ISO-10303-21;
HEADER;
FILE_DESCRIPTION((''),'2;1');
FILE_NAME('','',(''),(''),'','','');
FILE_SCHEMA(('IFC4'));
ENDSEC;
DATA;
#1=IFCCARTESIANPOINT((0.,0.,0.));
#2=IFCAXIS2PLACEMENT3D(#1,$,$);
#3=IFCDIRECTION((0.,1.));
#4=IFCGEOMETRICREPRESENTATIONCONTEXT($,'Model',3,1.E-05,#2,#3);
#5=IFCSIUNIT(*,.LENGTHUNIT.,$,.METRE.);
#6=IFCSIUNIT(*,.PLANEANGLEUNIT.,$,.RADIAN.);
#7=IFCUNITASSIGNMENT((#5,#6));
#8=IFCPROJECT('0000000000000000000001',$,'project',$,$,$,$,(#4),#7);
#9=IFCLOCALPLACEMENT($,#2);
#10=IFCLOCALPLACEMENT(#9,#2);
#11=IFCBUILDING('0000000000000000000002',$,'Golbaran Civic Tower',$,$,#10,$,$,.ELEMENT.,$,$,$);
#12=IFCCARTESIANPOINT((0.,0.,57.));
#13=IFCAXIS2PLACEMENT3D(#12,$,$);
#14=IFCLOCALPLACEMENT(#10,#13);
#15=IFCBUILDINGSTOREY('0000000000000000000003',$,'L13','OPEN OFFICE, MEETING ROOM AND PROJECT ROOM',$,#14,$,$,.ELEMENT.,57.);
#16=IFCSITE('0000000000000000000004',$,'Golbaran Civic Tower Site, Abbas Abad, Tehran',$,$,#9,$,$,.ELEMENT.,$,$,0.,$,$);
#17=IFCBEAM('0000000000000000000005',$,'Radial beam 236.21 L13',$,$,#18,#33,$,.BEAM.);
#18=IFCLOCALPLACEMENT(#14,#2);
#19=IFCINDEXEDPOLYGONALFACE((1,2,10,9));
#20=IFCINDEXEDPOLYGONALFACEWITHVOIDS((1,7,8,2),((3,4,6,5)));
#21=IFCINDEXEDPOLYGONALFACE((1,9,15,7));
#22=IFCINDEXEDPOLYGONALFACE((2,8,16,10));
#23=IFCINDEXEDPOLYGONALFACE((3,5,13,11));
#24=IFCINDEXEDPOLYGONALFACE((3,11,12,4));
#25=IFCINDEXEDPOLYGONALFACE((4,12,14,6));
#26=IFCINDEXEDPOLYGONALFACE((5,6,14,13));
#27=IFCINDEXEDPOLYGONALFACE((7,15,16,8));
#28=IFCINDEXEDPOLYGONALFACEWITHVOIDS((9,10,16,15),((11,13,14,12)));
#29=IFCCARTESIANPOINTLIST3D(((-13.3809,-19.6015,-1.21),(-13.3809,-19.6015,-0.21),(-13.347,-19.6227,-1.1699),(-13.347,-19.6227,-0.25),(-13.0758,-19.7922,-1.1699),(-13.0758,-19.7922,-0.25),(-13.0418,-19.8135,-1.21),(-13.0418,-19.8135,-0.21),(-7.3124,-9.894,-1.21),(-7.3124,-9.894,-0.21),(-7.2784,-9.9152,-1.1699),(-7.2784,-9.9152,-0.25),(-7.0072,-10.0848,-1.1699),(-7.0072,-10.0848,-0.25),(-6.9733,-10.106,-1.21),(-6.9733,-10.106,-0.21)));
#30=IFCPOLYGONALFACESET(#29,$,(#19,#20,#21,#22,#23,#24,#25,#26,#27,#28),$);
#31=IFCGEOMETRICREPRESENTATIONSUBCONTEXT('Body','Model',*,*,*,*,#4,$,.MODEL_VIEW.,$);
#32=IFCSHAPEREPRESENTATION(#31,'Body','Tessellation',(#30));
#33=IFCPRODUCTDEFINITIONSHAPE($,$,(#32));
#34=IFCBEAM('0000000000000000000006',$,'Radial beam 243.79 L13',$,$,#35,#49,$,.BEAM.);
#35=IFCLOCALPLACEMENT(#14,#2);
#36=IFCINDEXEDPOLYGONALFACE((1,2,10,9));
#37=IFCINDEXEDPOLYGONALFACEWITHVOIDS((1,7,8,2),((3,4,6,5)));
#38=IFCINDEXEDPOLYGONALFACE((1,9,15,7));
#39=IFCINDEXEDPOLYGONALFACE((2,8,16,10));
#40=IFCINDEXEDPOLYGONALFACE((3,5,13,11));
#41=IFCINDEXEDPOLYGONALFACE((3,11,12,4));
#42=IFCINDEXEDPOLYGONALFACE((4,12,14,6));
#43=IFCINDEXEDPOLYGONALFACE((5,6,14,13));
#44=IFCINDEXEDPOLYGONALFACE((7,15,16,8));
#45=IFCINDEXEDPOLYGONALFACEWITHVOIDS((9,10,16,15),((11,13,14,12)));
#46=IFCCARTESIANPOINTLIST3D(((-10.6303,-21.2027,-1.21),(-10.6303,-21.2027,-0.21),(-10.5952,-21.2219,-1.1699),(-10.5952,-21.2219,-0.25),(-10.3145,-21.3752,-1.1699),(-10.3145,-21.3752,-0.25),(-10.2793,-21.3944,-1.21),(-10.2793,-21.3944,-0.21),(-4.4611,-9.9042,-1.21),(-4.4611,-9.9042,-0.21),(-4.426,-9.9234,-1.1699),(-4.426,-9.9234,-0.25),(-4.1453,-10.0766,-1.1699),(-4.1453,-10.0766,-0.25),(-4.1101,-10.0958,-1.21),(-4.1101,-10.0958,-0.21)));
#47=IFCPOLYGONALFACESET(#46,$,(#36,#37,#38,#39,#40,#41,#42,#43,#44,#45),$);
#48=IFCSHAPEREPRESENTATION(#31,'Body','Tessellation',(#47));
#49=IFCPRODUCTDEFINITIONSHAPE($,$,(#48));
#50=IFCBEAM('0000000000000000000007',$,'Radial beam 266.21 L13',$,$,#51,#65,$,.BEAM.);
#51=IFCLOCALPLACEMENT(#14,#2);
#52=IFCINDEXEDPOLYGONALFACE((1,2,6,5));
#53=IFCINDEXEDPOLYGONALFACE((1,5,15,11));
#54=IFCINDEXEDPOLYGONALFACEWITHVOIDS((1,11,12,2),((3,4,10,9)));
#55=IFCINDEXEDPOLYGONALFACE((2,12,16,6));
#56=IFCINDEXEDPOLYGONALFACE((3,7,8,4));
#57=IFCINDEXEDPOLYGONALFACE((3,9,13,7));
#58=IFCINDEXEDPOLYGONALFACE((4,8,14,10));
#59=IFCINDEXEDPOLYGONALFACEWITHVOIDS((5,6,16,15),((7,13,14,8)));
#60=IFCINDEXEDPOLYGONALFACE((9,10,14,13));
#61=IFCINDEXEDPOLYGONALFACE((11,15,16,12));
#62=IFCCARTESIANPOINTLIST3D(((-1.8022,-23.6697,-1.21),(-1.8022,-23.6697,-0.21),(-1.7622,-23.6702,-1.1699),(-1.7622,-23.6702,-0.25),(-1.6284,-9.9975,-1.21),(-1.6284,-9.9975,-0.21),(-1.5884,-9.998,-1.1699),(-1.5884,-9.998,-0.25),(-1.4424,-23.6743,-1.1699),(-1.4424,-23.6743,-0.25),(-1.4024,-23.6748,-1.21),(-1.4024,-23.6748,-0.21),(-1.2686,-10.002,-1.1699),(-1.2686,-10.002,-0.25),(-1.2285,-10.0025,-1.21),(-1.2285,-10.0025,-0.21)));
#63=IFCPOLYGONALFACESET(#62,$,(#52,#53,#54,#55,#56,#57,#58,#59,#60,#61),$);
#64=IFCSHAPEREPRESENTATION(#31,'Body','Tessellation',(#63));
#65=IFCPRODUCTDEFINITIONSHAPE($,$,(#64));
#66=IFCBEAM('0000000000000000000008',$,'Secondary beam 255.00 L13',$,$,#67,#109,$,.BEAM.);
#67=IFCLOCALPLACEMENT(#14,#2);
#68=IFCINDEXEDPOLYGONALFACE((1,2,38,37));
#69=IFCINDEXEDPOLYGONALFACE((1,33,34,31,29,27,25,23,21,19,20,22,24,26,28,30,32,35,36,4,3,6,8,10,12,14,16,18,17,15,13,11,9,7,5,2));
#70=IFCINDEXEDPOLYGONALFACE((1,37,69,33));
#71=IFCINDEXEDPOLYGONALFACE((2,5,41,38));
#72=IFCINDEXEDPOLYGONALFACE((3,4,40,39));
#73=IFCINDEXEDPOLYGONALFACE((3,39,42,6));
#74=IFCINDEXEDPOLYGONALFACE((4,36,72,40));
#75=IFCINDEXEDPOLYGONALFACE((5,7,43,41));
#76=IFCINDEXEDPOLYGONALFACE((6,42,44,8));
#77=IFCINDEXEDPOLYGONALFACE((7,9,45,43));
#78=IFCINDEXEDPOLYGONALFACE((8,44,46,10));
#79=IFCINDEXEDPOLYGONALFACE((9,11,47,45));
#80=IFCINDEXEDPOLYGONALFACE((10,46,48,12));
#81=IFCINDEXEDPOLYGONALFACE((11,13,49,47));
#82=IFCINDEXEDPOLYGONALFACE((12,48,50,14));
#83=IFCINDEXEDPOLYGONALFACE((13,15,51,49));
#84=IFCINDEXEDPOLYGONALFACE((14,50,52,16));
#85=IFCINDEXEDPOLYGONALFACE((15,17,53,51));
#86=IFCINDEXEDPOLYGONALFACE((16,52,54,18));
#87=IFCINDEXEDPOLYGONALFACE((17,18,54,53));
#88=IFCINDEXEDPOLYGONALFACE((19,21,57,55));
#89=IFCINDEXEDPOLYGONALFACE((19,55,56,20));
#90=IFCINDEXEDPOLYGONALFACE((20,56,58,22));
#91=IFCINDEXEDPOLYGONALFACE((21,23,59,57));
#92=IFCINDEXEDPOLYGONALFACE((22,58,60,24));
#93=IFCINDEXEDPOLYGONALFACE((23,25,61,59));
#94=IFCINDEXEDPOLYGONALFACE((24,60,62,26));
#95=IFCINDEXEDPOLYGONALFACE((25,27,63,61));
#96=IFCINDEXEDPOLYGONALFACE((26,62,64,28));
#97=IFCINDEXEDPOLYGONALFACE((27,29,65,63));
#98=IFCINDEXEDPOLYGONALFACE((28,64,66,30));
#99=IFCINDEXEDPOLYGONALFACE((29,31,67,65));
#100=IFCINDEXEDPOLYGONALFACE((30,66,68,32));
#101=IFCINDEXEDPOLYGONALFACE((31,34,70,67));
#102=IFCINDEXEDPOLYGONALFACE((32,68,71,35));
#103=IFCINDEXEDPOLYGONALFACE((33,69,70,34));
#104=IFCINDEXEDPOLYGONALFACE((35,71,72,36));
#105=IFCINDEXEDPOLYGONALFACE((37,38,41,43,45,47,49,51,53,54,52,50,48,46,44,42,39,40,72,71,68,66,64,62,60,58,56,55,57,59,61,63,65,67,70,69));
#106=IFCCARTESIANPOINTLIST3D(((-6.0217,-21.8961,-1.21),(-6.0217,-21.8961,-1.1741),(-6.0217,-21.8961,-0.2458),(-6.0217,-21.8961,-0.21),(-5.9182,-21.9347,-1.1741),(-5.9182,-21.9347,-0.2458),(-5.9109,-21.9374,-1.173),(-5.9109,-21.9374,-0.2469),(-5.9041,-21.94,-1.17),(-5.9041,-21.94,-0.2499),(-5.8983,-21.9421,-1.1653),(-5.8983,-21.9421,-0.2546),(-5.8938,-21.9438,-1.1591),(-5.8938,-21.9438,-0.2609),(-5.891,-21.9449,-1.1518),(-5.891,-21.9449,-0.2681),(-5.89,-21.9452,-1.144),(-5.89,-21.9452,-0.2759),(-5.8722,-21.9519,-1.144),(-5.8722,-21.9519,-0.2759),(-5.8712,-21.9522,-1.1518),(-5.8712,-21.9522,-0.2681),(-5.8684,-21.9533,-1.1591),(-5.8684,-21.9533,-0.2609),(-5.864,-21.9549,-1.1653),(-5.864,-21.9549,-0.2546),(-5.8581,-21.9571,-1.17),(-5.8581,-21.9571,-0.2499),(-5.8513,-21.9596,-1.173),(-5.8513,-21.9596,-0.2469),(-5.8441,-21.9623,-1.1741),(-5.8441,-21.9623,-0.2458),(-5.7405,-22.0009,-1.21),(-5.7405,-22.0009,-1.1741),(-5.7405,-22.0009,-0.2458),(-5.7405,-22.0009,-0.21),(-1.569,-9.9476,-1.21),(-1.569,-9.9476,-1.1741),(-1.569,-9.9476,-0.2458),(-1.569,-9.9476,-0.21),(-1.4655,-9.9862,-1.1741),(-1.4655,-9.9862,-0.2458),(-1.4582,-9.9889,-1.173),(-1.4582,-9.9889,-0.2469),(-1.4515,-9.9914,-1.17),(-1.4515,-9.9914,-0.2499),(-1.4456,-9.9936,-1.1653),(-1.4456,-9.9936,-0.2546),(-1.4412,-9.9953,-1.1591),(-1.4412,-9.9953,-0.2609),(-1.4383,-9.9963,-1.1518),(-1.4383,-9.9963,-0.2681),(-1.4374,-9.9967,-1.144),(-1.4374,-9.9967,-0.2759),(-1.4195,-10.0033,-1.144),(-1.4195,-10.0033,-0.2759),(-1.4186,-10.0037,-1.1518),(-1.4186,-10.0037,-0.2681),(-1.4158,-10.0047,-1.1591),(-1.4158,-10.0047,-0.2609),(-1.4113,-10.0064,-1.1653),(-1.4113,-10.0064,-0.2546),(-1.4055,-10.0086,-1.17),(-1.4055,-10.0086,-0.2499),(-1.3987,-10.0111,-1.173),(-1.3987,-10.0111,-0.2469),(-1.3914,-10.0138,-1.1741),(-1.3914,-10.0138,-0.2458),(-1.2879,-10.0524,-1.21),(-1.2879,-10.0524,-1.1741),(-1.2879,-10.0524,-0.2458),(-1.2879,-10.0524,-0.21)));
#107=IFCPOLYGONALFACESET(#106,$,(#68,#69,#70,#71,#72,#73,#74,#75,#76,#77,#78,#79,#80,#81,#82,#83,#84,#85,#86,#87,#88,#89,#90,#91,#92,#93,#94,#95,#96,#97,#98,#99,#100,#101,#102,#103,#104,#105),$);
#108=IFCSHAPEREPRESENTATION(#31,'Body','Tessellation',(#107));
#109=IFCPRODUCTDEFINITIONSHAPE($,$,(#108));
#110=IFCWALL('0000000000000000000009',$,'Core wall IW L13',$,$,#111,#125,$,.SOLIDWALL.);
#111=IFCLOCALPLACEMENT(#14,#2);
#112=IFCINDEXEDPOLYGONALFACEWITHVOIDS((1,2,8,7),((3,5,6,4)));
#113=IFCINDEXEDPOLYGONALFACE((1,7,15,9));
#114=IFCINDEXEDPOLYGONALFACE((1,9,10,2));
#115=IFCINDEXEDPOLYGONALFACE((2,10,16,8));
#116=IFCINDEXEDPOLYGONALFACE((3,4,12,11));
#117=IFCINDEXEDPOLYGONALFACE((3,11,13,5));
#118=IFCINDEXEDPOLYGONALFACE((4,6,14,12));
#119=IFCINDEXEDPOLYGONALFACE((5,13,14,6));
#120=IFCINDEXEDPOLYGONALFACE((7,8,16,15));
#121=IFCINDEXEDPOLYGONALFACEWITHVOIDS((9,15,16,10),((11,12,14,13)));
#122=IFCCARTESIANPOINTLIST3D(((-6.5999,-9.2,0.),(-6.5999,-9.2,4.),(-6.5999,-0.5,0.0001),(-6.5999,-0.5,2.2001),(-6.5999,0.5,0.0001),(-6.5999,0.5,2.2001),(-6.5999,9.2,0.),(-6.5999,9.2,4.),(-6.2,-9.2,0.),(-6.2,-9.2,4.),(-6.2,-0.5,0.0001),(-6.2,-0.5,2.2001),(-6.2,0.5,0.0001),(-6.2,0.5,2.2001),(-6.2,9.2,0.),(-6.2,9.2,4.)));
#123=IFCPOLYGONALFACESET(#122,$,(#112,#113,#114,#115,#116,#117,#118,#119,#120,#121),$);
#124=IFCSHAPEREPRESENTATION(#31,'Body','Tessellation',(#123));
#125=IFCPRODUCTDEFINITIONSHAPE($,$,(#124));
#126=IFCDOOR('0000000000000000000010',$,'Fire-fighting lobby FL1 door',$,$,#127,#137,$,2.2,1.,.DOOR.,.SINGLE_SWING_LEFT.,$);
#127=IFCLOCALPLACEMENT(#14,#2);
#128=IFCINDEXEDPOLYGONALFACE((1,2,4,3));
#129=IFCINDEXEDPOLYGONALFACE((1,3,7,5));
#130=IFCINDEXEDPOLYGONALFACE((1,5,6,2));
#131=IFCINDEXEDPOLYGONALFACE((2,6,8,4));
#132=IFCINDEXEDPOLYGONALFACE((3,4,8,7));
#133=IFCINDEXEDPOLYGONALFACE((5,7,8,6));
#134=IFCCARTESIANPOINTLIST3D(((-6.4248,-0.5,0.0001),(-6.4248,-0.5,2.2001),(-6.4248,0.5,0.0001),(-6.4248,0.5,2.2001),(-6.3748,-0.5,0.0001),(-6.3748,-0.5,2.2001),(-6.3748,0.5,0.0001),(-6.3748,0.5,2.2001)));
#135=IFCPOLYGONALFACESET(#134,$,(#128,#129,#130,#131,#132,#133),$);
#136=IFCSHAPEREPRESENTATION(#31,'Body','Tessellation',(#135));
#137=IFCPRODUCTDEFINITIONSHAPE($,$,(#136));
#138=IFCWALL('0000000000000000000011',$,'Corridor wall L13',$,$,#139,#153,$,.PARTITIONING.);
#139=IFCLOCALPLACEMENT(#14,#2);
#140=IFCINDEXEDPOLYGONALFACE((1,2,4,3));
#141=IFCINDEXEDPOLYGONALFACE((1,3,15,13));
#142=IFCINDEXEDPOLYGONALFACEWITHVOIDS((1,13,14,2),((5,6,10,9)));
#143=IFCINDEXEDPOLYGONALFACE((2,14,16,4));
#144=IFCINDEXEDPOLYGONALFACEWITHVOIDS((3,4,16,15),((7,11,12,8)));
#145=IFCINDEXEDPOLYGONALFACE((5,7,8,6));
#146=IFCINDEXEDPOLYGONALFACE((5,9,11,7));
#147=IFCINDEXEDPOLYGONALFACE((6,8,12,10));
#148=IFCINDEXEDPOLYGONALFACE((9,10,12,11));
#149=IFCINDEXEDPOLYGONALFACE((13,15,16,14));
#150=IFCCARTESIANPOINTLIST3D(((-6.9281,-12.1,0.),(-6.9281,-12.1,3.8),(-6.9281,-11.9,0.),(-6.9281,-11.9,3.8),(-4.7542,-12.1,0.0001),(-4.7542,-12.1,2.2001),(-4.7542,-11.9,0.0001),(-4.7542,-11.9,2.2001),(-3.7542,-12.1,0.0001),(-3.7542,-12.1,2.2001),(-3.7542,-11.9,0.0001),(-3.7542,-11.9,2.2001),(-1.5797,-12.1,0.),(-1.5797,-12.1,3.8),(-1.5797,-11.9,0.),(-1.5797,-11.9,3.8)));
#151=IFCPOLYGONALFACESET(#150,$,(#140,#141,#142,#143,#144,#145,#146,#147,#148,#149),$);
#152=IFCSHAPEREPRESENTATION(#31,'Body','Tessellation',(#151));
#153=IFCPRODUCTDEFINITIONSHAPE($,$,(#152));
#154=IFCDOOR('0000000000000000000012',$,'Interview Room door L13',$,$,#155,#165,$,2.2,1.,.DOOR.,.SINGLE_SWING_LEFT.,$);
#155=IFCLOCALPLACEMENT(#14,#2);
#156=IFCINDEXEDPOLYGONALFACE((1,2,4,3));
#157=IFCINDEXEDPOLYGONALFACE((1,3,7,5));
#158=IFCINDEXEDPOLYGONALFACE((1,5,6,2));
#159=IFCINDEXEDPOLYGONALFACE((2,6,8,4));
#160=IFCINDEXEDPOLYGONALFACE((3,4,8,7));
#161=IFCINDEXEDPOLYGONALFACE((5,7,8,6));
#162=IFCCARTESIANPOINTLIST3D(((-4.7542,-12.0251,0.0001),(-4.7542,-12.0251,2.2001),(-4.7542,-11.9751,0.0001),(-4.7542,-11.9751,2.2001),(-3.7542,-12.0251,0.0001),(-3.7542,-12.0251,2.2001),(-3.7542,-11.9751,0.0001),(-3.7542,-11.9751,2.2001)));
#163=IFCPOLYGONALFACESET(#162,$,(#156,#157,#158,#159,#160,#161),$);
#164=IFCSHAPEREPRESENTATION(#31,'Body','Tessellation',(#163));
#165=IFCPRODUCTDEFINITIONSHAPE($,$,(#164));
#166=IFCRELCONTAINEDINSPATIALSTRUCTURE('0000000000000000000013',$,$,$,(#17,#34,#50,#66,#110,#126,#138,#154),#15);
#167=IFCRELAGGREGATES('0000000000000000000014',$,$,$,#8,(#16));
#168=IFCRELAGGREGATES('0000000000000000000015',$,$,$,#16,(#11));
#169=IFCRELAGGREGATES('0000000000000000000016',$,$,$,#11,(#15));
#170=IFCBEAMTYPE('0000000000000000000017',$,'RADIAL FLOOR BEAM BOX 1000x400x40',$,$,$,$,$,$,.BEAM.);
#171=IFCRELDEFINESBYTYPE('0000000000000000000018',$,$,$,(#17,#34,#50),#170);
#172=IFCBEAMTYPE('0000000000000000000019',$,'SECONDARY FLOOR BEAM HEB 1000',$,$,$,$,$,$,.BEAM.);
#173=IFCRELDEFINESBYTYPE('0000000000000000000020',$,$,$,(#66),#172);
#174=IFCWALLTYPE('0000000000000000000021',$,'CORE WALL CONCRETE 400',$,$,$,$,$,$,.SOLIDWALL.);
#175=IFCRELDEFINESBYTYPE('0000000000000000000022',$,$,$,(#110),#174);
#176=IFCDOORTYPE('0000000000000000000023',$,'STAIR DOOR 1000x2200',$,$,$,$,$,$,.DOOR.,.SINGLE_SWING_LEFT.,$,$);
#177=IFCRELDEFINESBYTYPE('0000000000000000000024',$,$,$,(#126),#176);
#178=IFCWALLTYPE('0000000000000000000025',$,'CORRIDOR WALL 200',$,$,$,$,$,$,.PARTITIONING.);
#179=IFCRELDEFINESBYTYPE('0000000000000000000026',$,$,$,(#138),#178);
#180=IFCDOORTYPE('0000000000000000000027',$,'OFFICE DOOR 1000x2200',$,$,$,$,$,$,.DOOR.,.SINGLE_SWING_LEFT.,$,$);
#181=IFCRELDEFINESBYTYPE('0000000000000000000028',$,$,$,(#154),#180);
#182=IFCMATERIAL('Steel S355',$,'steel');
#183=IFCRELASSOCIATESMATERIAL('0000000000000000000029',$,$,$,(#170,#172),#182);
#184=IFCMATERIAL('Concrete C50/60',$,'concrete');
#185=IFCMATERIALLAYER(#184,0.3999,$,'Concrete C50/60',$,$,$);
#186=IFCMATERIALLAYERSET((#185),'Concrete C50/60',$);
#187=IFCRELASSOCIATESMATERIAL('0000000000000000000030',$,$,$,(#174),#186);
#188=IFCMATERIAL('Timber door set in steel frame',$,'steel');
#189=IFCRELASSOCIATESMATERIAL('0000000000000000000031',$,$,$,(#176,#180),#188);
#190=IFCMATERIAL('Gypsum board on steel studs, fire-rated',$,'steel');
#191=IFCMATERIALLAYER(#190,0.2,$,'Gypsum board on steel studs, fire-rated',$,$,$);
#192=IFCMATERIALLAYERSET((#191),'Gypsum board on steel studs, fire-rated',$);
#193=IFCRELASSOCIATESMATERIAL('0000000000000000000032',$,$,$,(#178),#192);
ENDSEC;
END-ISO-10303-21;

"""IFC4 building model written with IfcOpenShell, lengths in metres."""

from ifc_helpers import new_model, si_unit, direction, frame, frame_2d, origin, origin_2d, place, context, subcontext, project, spatial, rectangle, hollow_rectangle, i_section, extrude, material, layer, layer_set, material_profile, profile_set, type_object, element, fill, save


model = new_model("IFC4")

# Units and contexts
model_context = context("Model", 3, precision=1e-05, world=origin(), true_north=direction((0.0, 1.0)))
body_context = subcontext(model_context, "Body", "Model", "MODEL_VIEW")
ifc_project = project(units=[si_unit("LENGTHUNIT", "METRE"), si_unit("PLANEANGLEUNIT", "RADIAN")], contexts=[model_context])

# Site, building, storey
site_placement = place(None, origin())
site = spatial("IfcSite", under=ifc_project, at=site_placement, Name="Golbaran Civic Tower Site, Abbas Abad, Tehran", CompositionType="ELEMENT", RefElevation=0.0)
building_placement = place(site_placement, origin())
building = spatial("IfcBuilding", under=site, at=building_placement, Name="Golbaran Civic Tower", CompositionType="ELEMENT")
storey_placement = place(building_placement, frame((0.0, 0.0, 57.0)))
storey = spatial("IfcBuildingStorey", under=building, at=storey_placement, Name="L13", Description="OPEN OFFICE, MEETING ROOM AND PROJECT ROOM", CompositionType="ELEMENT", Elevation=57.0)

# Beams
ifc_material_1 = material(Name="Steel S355", Category="steel")
ifc_material_profile_1 = material_profile(ifc_material_1, hollow_rectangle(XDim=0.3999, YDim=1.0, WallThickness=0.04, at=origin_2d()), Name="BOX 1000x400x40")
ifc_profile_set_1 = profile_set([ifc_material_profile_1], Name="Steel S355")
beam_type_1 = type_object("IfcBeamType", Name="RADIAL FLOOR BEAM BOX 1000x400x40", PredefinedType="BEAM", material=ifc_profile_set_1)
beam_1_placement = place(storey_placement, frame((-7.1428, -10.0, -0.71), z_axis=(-0.530087, -0.847943, 0.0), x_axis=(0.847943, -0.530087, 0.0)))
element("IfcBeam", 1, at=beam_1_placement, inside=storey, type_object=beam_type_1, Name="Radial beam 236.21 L13", PredefinedType="BEAM", context=body_context, shape_type="SweptSolid", body=[
    extrude(hollow_rectangle(XDim=0.3999, YDim=1.0, WallThickness=0.04, at=origin_2d()), origin(), (0.0, 0.0, 1.0), 11.4482),
])
beam_2_placement = place(storey_placement, frame((-4.2856, -10.0, -0.71), z_axis=(-0.479231, -0.877689, 0.0), x_axis=(0.877689, -0.479231, 0.0)))
element("IfcBeam", 2, at=beam_2_placement, inside=storey, type_object=beam_type_1, Name="Radial beam 243.79 L13", PredefinedType="BEAM", context=body_context, shape_type="SweptSolid", body=[
    extrude(hollow_rectangle(XDim=0.3999, YDim=1.0, WallThickness=0.04, at=origin_2d()), origin(), (0.0, 0.0, 1.0), 12.873),
])
beam_3_placement = place(storey_placement, frame((-1.4285, -10.0, -0.71), z_axis=(-0.012713, -0.999919, 0.0), x_axis=(0.999919, -0.012713, 0.0)))
element("IfcBeam", 3, at=beam_3_placement, inside=storey, type_object=beam_type_1, Name="Radial beam 266.21 L13", PredefinedType="BEAM", context=body_context, shape_type="SweptSolid", body=[
    extrude(hollow_rectangle(XDim=0.3999, YDim=1.0, WallThickness=0.04, at=origin_2d()), origin(), (0.0, 0.0, 1.0), 13.6733),
])
ifc_material_profile_2 = material_profile(ifc_material_1, i_section(OverallWidth=0.3, OverallDepth=1.0, WebThickness=0.019, FlangeThickness=0.0359, FilletRadius=0.03, at=origin_2d()), Name="HEB 1000")
ifc_profile_set_2 = profile_set([ifc_material_profile_2], Name="Steel S355")
beam_type_2 = type_object("IfcBeamType", Name="SECONDARY FLOOR BEAM HEB 1000", PredefinedType="BEAM", material=ifc_profile_set_2)
beam_4_placement = place(storey_placement, frame((-1.4285, -10.0, -0.71), z_axis=(-0.349194, -0.93705, 0.0), x_axis=(0.93705, -0.349194, 0.0)))
element("IfcBeam", 4, at=beam_4_placement, inside=storey, type_object=beam_type_2, Name="Secondary beam 255.00 L13", PredefinedType="BEAM", context=body_context, shape_type="SweptSolid", body=[
    extrude(i_section(OverallWidth=0.3, OverallDepth=1.0, WebThickness=0.019, FlangeThickness=0.0359, FilletRadius=0.03, at=origin_2d()), origin(), (0.0, 0.0, 1.0), 12.7512),
])

# Walls, openings, doors
ifc_material_2 = material(Name="Concrete C50/60", Category="concrete")
ifc_layer_1 = layer(ifc_material_2, 0.3999, Name="Concrete C50/60")
ifc_layer_set_1 = layer_set([ifc_layer_1], Name="Concrete C50/60")
wall_type_1 = type_object("IfcWallType", Name="CORE WALL CONCRETE 400", PredefinedType="SOLIDWALL", material=ifc_layer_set_1)
wall_1_placement = place(storey_placement, frame((-6.3999, -9.2, 0.0), z_axis=(0.0, 0.0, 1.0), x_axis=(0.0, 1.0, 0.0)))
wall_1 = element("IfcWall", 5, at=wall_1_placement, inside=storey, type_object=wall_type_1, Name="Core wall IW L13", PredefinedType="SOLIDWALL", context=body_context, shape_type="SweptSolid", body=[
    extrude(rectangle(XDim=18.3999, YDim=0.3999, at=frame_2d((9.2, 0.0))), origin(), (0.0, 0.0, 1.0), 4.0),
])
opening_1_placement = place(wall_1_placement, frame((8.7, 0.0, 0.0)))
opening_1 = element("IfcOpeningElement", 6, at=opening_1_placement, cuts=wall_1, PredefinedType="OPENING", context=body_context, shape_type="SweptSolid", body=[
    extrude(rectangle(XDim=1.0, YDim=2.2, at=frame_2d((0.5, 1.1001))), frame((0.0, 0.21, 0.0), z_axis=(0.0, -1.0, 0.0), x_axis=(1.0, 0.0, 0.0)), (0.0, 0.0, 1.0), 0.4199),
])
ifc_material_3 = material(Name="Timber door set in steel frame", Category="steel")
door_type_1 = type_object("IfcDoorType", Name="STAIR DOOR 1000x2200", OperationType="SINGLE_SWING_LEFT", PredefinedType="DOOR", material=ifc_material_3)
door_1_placement = place(opening_1_placement, origin())
door_1 = element("IfcDoor", 7, at=door_1_placement, inside=storey, type_object=door_type_1, Name="Fire-fighting lobby FL1 door", OperationType="SINGLE_SWING_LEFT", OverallHeight=2.2, OverallWidth=1.0, PredefinedType="DOOR", context=body_context, shape_type="SweptSolid", body=[
    extrude(rectangle(XDim=1.0, YDim=2.2, at=frame_2d((0.5, 1.1001))), frame((0.0, 0.0249, 0.0), z_axis=(0.0, -1.0, 0.0), x_axis=(1.0, 0.0, 0.0)), (0.0, 0.0, 1.0), 0.05),
])
fill(opening_1, door_1)
ifc_material_4 = material(Name="Gypsum board on steel studs, fire-rated", Category="steel")
ifc_layer_2 = layer(ifc_material_4, 0.2, Name="Gypsum board on steel studs, fire-rated")
ifc_layer_set_2 = layer_set([ifc_layer_2], Name="Gypsum board on steel studs, fire-rated")
wall_type_2 = type_object("IfcWallType", Name="CORRIDOR WALL 200", PredefinedType="PARTITIONING", material=ifc_layer_set_2)
wall_2_placement = place(storey_placement, frame((-6.9282, -12.0, 0.0), z_axis=(0.0, 0.0, 1.0), x_axis=(1.0, 0.0, 0.0)))
wall_2 = element("IfcWall", 8, at=wall_2_placement, inside=storey, type_object=wall_type_2, Name="Corridor wall L13", PredefinedType="PARTITIONING", context=body_context, shape_type="SweptSolid", body=[
    extrude(rectangle(XDim=5.3484, YDim=0.2, at=frame_2d((2.6743, 0.0))), origin(), (0.0, 0.0, 1.0), 3.8),
])
opening_2_placement = place(wall_2_placement, frame((2.1741, 0.0, 0.0)))
opening_2 = element("IfcOpeningElement", 9, at=opening_2_placement, cuts=wall_2, PredefinedType="OPENING", context=body_context, shape_type="SweptSolid", body=[
    extrude(rectangle(XDim=1.0, YDim=2.2, at=frame_2d((0.5, 1.1001))), frame((0.0, 0.1099, 0.0), z_axis=(0.0, -1.0, 0.0), x_axis=(1.0, 0.0, 0.0)), (0.0, 0.0, 1.0), 0.22),
])
door_type_2 = type_object("IfcDoorType", Name="OFFICE DOOR 1000x2200", OperationType="SINGLE_SWING_LEFT", PredefinedType="DOOR", material=ifc_material_3)
door_2_placement = place(opening_2_placement, origin())
door_2 = element("IfcDoor", 10, at=door_2_placement, inside=storey, type_object=door_type_2, Name="Interview Room door L13", OperationType="SINGLE_SWING_LEFT", OverallHeight=2.2, OverallWidth=1.0, PredefinedType="DOOR", context=body_context, shape_type="SweptSolid", body=[
    extrude(rectangle(XDim=1.0, YDim=2.2, at=frame_2d((0.5, 1.1001))), frame((0.0, 0.0249, 0.0), z_axis=(0.0, -1.0, 0.0), x_axis=(1.0, 0.0, 0.0)), (0.0, 0.0, 1.0), 0.05),
])
fill(opening_2, door_2)

save(model, "model.ifc")
